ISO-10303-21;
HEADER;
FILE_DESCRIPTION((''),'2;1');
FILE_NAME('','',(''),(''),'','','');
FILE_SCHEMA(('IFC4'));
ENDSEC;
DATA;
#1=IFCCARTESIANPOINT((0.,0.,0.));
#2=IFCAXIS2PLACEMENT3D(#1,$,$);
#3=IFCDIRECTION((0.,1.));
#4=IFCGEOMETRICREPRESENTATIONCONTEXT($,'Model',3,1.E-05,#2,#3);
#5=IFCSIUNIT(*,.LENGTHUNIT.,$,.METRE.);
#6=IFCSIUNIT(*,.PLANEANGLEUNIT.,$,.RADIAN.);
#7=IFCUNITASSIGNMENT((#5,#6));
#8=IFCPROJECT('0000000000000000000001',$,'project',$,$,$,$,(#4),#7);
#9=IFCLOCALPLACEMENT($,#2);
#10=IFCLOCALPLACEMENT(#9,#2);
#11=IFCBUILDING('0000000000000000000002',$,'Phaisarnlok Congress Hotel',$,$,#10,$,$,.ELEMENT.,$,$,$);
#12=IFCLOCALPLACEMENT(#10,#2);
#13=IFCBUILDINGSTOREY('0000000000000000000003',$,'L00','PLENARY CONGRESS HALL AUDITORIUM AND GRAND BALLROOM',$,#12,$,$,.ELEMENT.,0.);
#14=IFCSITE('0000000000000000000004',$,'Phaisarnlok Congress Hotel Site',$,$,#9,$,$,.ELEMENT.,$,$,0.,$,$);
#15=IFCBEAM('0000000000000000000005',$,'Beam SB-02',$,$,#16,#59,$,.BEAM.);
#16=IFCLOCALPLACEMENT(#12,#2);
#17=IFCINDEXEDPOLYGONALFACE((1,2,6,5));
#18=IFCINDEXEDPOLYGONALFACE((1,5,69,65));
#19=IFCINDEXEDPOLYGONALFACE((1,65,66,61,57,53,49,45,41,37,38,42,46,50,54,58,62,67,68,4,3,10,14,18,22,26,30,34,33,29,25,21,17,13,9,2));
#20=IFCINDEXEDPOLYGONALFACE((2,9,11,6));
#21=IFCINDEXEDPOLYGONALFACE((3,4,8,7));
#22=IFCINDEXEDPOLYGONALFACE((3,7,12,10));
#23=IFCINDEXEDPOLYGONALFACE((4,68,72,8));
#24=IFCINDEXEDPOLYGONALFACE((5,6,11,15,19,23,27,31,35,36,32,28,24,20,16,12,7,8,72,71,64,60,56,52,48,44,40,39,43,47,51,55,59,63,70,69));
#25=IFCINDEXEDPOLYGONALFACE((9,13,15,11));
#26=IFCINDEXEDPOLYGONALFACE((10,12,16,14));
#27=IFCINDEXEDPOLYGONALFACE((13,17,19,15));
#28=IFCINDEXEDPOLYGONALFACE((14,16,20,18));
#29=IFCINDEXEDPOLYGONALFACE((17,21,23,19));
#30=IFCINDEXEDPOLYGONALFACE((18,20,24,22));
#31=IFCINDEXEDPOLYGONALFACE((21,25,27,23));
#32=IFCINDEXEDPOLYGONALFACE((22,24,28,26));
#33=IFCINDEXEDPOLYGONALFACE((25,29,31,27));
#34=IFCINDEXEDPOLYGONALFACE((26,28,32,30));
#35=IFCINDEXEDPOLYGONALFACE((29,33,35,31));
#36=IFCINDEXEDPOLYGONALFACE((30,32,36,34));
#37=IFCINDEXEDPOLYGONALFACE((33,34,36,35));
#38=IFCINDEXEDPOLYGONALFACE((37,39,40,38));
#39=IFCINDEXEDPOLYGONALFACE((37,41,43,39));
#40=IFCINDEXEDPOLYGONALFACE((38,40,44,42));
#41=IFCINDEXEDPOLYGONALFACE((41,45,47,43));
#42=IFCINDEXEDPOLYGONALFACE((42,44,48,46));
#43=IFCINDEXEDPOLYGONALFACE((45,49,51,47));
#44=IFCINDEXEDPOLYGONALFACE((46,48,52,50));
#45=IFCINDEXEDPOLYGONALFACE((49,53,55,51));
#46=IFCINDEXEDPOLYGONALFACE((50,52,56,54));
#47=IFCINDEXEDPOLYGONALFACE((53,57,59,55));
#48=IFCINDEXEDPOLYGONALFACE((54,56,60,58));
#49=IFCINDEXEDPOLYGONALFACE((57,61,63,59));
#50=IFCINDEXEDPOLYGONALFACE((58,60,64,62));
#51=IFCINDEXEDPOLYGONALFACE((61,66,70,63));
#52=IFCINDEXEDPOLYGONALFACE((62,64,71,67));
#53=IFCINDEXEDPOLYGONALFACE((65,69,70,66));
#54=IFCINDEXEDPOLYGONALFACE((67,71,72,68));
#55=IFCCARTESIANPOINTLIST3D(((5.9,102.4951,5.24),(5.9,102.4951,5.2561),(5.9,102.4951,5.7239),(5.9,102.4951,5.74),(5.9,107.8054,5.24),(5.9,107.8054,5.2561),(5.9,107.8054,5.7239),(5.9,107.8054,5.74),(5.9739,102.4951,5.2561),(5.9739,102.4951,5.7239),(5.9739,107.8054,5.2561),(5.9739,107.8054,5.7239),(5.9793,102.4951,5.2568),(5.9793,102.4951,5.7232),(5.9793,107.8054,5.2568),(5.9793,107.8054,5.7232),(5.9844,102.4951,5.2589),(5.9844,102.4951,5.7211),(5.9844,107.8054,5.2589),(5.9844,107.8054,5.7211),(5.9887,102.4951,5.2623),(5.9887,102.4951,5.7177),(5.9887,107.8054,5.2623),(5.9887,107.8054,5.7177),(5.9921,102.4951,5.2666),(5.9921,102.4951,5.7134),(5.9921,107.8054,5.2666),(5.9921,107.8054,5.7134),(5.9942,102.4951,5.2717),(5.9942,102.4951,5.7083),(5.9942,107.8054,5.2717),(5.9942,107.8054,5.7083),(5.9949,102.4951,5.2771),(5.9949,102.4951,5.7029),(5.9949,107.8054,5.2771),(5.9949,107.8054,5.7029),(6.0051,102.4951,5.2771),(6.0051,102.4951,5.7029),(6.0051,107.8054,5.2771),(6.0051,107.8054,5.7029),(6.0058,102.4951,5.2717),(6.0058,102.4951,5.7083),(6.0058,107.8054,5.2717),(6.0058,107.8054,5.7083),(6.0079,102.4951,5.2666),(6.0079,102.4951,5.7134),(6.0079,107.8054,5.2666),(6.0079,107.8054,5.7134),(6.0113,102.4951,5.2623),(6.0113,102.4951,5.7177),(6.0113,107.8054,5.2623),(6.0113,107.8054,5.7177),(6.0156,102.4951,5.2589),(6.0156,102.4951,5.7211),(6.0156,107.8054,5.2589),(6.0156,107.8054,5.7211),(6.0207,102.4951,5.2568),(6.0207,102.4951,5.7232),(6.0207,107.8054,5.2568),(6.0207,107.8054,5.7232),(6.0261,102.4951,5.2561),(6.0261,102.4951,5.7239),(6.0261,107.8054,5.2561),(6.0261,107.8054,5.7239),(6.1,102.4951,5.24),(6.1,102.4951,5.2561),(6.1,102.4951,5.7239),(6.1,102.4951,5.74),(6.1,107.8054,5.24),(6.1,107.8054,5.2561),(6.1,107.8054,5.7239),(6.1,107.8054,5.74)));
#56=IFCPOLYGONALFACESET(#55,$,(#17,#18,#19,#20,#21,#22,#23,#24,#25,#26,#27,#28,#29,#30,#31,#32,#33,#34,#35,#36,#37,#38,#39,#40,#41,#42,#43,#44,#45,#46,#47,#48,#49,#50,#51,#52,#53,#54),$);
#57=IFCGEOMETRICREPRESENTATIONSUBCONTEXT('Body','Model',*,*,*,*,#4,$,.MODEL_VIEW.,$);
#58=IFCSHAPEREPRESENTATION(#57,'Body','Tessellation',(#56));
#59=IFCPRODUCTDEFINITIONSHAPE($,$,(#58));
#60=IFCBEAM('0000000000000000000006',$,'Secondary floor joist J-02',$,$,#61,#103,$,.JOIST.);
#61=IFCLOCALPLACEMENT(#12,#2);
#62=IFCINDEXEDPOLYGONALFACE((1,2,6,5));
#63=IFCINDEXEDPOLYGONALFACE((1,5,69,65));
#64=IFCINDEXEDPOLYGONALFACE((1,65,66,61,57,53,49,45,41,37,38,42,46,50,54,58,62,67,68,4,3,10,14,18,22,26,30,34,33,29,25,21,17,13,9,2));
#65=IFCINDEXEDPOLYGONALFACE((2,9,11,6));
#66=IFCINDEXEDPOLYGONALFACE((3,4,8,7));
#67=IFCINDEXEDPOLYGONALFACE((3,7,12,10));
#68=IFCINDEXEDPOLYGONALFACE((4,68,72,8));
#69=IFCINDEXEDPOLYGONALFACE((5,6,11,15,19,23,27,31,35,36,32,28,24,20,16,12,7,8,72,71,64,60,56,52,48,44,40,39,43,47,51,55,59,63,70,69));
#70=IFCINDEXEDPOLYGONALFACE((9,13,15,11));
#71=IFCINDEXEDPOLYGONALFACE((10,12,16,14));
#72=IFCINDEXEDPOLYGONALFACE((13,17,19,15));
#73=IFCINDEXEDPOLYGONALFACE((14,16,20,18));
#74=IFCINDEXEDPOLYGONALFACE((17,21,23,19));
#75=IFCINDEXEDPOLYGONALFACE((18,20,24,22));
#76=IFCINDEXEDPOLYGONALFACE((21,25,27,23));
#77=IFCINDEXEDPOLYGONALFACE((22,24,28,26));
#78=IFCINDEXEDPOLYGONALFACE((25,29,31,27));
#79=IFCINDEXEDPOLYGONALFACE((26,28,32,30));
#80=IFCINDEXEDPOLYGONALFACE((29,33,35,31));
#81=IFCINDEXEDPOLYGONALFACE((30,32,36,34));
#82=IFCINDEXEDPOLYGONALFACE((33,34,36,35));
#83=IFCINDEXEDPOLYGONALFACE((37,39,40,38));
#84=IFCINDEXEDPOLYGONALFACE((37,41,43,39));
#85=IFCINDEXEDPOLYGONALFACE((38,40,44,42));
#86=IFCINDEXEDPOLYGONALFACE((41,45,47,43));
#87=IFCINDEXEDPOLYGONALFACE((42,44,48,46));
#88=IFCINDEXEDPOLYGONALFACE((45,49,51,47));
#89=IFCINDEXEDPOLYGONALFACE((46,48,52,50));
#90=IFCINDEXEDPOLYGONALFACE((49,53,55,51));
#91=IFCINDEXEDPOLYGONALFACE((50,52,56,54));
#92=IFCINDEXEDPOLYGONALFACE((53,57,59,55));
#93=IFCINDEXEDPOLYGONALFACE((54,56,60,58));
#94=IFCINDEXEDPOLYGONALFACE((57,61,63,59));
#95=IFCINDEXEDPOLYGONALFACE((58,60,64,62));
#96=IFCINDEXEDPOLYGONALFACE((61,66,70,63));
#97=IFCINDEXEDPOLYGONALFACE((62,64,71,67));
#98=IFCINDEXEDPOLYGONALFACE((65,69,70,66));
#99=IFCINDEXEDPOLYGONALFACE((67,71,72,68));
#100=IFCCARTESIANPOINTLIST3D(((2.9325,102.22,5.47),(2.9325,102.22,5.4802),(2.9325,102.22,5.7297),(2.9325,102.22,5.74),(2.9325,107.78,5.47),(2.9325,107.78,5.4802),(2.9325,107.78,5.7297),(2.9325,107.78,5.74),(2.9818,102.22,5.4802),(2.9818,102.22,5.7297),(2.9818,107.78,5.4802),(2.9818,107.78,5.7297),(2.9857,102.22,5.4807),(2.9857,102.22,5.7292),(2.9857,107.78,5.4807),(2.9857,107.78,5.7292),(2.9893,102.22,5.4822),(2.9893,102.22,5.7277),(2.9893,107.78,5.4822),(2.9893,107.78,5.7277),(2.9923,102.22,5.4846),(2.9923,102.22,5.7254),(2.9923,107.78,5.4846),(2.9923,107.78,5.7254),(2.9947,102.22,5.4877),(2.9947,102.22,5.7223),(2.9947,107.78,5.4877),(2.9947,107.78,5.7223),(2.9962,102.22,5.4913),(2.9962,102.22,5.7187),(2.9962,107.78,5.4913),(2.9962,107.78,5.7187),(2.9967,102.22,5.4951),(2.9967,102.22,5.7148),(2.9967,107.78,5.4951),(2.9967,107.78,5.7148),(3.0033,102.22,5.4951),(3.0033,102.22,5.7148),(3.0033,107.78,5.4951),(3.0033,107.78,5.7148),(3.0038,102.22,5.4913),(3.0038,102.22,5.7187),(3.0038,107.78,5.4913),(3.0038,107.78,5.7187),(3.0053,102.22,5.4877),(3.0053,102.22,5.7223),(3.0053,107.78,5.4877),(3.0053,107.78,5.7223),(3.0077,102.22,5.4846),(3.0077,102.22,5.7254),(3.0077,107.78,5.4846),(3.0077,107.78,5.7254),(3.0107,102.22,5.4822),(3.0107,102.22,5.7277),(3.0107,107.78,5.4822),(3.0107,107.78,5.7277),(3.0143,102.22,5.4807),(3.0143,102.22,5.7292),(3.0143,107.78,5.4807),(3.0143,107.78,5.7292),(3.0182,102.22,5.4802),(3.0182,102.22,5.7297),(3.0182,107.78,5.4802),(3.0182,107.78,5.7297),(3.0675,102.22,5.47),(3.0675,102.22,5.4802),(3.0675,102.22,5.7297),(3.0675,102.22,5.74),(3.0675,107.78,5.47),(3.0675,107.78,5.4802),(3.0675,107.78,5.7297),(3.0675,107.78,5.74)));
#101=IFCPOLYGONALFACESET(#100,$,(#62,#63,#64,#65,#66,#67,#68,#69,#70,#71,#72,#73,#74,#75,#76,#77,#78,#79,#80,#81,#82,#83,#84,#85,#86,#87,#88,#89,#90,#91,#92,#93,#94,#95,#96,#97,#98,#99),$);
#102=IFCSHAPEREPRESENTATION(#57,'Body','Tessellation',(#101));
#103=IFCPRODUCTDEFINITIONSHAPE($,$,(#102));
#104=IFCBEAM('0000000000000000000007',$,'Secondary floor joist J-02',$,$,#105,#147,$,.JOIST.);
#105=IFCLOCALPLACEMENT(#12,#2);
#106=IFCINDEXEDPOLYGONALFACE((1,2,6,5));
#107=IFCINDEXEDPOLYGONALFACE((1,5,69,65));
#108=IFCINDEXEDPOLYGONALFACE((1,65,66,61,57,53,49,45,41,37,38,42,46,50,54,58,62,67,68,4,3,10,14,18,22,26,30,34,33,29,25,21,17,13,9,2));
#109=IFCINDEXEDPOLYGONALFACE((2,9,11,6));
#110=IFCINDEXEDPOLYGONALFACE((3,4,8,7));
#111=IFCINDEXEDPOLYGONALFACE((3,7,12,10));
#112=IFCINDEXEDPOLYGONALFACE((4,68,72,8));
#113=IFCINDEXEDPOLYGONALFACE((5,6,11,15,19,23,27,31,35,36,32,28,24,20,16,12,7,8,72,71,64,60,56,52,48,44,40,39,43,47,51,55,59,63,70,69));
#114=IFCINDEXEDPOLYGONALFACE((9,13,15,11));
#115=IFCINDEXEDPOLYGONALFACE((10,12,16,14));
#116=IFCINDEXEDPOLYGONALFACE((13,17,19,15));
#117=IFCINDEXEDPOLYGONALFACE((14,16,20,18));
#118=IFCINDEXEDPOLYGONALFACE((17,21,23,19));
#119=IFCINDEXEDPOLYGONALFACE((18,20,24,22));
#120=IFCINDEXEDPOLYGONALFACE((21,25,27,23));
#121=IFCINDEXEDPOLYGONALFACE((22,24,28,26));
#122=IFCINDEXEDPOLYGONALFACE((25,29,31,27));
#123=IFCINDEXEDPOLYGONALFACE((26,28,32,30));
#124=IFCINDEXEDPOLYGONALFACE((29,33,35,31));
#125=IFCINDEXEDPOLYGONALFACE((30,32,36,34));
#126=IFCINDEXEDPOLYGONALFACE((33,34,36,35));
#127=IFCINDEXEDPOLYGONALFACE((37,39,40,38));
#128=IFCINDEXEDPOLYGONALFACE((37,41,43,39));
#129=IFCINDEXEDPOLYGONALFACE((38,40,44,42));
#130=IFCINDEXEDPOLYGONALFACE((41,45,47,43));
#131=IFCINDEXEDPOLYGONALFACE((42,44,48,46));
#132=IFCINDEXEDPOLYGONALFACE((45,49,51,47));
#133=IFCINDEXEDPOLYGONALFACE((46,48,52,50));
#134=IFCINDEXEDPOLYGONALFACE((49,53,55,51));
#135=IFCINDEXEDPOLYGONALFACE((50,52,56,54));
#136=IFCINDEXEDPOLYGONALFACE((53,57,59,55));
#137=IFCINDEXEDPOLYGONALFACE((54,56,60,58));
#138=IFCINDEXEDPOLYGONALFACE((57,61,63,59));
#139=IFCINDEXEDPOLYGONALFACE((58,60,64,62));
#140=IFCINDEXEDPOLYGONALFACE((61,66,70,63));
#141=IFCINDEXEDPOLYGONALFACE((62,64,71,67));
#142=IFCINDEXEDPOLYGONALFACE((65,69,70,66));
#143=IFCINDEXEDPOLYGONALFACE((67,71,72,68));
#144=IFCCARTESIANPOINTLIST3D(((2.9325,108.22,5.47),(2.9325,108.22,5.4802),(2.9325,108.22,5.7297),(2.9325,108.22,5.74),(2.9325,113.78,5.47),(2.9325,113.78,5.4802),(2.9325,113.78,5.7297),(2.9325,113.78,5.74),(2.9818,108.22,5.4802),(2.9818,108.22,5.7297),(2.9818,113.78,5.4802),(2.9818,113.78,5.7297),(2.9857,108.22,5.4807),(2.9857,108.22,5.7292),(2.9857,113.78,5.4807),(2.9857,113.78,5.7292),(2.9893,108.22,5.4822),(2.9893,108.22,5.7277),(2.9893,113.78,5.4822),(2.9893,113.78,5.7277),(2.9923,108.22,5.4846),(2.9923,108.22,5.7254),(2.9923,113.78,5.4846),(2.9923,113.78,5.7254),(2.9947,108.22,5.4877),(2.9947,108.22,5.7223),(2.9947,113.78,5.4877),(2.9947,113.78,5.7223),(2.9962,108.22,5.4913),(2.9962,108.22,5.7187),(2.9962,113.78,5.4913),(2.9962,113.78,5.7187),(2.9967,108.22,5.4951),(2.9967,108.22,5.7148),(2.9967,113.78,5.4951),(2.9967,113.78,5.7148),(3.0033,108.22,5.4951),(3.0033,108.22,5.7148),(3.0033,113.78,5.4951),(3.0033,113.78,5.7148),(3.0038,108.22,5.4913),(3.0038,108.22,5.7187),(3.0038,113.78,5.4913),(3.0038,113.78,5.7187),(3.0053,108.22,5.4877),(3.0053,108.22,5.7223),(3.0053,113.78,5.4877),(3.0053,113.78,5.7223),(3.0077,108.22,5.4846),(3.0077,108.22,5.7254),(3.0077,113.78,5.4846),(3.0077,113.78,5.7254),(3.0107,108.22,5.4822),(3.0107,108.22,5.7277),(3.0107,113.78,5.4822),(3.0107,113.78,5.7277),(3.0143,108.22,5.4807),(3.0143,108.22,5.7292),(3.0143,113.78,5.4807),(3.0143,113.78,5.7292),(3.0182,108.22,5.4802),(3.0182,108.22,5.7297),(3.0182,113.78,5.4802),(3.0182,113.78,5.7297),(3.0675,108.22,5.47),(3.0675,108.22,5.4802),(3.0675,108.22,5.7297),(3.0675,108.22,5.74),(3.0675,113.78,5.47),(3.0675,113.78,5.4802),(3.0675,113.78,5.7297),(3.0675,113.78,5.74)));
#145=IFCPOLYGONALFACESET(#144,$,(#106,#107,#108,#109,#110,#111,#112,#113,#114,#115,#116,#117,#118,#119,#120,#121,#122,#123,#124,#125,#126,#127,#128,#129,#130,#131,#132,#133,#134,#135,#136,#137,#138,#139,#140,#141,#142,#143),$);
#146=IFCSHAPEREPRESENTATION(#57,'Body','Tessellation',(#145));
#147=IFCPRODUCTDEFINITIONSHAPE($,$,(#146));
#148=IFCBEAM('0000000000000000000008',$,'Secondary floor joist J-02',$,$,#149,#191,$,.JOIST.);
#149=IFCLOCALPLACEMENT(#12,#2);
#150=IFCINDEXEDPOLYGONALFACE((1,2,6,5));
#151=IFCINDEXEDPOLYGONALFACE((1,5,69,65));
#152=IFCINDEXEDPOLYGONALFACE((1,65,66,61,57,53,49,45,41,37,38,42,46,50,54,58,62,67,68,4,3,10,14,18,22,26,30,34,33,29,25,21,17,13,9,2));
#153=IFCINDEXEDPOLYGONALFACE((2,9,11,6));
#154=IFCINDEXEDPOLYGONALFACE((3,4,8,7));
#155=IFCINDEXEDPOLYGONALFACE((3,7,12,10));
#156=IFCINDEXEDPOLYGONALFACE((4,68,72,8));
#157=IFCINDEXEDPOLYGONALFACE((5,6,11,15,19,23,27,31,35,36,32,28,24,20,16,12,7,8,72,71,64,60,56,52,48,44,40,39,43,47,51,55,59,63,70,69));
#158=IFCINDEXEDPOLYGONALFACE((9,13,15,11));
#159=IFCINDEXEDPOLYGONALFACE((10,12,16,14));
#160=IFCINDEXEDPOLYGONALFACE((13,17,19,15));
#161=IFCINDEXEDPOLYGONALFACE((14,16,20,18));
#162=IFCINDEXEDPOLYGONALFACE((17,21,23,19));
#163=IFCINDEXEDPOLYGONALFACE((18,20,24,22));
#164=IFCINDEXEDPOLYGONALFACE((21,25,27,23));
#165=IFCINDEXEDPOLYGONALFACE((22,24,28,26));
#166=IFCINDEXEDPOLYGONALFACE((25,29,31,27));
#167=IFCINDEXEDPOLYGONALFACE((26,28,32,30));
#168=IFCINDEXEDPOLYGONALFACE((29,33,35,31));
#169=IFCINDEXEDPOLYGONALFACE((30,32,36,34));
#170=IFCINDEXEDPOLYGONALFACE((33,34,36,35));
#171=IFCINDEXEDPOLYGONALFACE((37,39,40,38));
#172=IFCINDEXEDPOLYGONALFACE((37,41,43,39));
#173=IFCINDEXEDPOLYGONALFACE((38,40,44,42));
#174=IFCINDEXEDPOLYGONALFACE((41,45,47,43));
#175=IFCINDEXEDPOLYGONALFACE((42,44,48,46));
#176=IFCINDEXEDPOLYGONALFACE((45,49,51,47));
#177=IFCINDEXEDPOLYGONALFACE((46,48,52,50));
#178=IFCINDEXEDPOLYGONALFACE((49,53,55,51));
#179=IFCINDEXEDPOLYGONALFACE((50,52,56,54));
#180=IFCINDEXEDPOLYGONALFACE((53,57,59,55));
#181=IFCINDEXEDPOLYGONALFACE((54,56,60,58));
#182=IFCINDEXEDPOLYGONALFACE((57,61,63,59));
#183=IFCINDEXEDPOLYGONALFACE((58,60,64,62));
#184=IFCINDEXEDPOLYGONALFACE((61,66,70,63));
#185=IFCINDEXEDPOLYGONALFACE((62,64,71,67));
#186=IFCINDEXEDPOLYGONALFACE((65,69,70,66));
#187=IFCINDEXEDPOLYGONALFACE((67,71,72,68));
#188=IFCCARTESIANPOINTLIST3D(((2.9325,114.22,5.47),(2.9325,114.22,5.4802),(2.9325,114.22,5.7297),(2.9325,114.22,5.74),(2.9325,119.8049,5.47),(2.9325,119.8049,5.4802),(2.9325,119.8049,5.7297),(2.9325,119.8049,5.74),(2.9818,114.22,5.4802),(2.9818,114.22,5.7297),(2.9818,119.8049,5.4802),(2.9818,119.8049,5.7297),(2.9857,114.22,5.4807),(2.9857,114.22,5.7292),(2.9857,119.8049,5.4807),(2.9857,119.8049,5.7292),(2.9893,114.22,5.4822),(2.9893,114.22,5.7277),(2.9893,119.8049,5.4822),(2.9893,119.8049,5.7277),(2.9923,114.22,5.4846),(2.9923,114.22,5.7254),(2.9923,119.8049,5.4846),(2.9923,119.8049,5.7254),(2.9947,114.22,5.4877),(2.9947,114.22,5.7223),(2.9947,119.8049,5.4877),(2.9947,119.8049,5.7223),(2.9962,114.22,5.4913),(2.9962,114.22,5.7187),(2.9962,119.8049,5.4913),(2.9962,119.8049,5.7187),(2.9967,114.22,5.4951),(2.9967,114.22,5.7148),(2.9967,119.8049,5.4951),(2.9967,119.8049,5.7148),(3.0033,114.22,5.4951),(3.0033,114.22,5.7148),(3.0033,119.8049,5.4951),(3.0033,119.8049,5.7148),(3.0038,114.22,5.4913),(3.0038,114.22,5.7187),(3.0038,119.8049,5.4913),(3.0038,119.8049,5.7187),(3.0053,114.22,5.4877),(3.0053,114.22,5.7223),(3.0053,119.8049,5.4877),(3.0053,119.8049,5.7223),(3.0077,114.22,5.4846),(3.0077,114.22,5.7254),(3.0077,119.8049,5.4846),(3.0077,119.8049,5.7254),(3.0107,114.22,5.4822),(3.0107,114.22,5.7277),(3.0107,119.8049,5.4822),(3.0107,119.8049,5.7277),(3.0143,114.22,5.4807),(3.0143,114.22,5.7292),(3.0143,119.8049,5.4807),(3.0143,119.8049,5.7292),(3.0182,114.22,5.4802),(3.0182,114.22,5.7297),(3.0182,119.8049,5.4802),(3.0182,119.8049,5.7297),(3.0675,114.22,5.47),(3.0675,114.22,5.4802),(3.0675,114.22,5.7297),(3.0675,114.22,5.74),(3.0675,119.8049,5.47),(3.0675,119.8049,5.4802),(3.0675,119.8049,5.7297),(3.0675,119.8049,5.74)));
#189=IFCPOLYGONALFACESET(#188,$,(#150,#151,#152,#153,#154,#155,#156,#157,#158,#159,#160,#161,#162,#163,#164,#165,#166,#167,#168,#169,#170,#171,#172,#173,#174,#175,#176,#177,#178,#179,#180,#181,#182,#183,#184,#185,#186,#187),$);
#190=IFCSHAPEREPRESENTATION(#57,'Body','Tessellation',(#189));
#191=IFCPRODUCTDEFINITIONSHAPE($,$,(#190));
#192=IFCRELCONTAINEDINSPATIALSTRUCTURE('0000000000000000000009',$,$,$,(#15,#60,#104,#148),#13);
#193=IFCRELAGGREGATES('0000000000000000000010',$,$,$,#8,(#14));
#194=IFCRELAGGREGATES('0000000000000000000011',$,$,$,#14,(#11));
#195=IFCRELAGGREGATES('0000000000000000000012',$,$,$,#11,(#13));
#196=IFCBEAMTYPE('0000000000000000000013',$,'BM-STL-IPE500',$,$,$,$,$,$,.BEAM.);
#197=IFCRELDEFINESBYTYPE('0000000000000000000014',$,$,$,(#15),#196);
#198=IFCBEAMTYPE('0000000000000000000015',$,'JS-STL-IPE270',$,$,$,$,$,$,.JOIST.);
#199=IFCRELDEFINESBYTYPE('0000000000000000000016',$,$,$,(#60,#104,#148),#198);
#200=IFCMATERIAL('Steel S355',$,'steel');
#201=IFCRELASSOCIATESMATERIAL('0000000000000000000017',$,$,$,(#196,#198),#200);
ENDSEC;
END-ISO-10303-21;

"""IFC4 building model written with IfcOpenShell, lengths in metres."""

from ifc_helpers import new_model, si_unit, direction, frame, origin, origin_2d, place, context, subcontext, project, spatial, i_section, extrude, material, material_profile, profile_set, type_object, element, save


model = new_model("IFC4")

# Units and contexts
model_context = context("Model", 3, precision=1e-05, world=origin(), true_north=direction((0.0, 1.0)))
body_context = subcontext(model_context, "Body", "Model", "MODEL_VIEW")
ifc_project = project(units=[si_unit("LENGTHUNIT", "METRE"), si_unit("PLANEANGLEUNIT", "RADIAN")], contexts=[model_context])

# Site, building, storey
site_placement = place(None, origin())
site = spatial("IfcSite", under=ifc_project, at=site_placement, Name="Phaisarnlok Congress Hotel Site", CompositionType="ELEMENT", RefElevation=0.0)
building_placement = place(site_placement, origin())
building = spatial("IfcBuilding", under=site, at=building_placement, Name="Phaisarnlok Congress Hotel", CompositionType="ELEMENT")
storey_placement = place(building_placement, origin())
storey = spatial("IfcBuildingStorey", under=building, at=storey_placement, Name="L00", Description="PLENARY CONGRESS HALL AUDITORIUM AND GRAND BALLROOM", CompositionType="ELEMENT", Elevation=0.0)

# Shared definitions
ifc_material_1 = material(Name="Steel S355", Category="steel")

# Beams
ifc_material_profile_1 = material_profile(ifc_material_1, i_section(OverallWidth=0.2, OverallDepth=0.5, WebThickness=0.0103, FlangeThickness=0.0161, FilletRadius=0.021, at=origin_2d()), Name="IPE 500")
ifc_profile_set_1 = profile_set([ifc_material_profile_1], Name="Steel S355")
beam_type_1 = type_object("IfcBeamType", Name="BM-STL-IPE500", PredefinedType="BEAM", material=ifc_profile_set_1)
beam_1_placement = place(storey_placement, frame((6.0, 102.4951, 5.49), z_axis=(0.0, 1.0, 0.0), x_axis=(-1.0, 0.0, 0.0)))
element("IfcBeam", 1, at=beam_1_placement, inside=storey, type_object=beam_type_1, Name="Beam SB-02", PredefinedType="BEAM", context=body_context, shape_type="SweptSolid", body=[
    extrude(i_section(OverallWidth=0.2, OverallDepth=0.5, WebThickness=0.0103, FlangeThickness=0.0161, FilletRadius=0.021, at=origin_2d()), origin(), (0.0, 0.0, 1.0), 5.3103),
])
ifc_material_profile_2 = material_profile(ifc_material_1, i_section(OverallWidth=0.135, OverallDepth=0.27, WebThickness=0.0066, FlangeThickness=0.0103, FilletRadius=0.0149, at=origin_2d()), Name="IPE 270")
ifc_profile_set_2 = profile_set([ifc_material_profile_2], Name="Steel S355")
beam_type_2 = type_object("IfcBeamType", Name="JS-STL-IPE270", PredefinedType="JOIST", material=ifc_profile_set_2)
for number, where, z_axis, x_axis, name in (
    (2, (3.0, 102.22, 5.605), (0.0, 1.0, 0.0), (-1.0, 0.0, 0.0), "Secondary floor joist J-02"),
    (3, (3.0, 108.22, 5.605), (0.0, 1.0, 0.0), (-1.0, 0.0, 0.0), "Secondary floor joist J-02"),
):
    element("IfcBeam", number, at=place(storey_placement, frame(where, z_axis=z_axis, x_axis=x_axis)), inside=storey, type_object=beam_type_2, Name=name, PredefinedType="JOIST", context=body_context, shape_type="SweptSolid", body=[
        extrude(i_section(OverallWidth=0.135, OverallDepth=0.27, WebThickness=0.0066, FlangeThickness=0.0103, FilletRadius=0.0149, at=origin_2d()), origin(), (0.0, 0.0, 1.0), 5.5601),
    ])
beam_2_placement = place(storey_placement, frame((3.0, 114.22, 5.605), z_axis=(0.0, 1.0, 0.0), x_axis=(-1.0, 0.0, 0.0)))
element("IfcBeam", 4, at=beam_2_placement, inside=storey, type_object=beam_type_2, Name="Secondary floor joist J-02", PredefinedType="JOIST", context=body_context, shape_type="SweptSolid", body=[
    extrude(i_section(OverallWidth=0.135, OverallDepth=0.27, WebThickness=0.0066, FlangeThickness=0.0103, FilletRadius=0.0149, at=origin_2d()), origin(), (0.0, 0.0, 1.0), 5.585),
])

save(model, "model.ifc")
